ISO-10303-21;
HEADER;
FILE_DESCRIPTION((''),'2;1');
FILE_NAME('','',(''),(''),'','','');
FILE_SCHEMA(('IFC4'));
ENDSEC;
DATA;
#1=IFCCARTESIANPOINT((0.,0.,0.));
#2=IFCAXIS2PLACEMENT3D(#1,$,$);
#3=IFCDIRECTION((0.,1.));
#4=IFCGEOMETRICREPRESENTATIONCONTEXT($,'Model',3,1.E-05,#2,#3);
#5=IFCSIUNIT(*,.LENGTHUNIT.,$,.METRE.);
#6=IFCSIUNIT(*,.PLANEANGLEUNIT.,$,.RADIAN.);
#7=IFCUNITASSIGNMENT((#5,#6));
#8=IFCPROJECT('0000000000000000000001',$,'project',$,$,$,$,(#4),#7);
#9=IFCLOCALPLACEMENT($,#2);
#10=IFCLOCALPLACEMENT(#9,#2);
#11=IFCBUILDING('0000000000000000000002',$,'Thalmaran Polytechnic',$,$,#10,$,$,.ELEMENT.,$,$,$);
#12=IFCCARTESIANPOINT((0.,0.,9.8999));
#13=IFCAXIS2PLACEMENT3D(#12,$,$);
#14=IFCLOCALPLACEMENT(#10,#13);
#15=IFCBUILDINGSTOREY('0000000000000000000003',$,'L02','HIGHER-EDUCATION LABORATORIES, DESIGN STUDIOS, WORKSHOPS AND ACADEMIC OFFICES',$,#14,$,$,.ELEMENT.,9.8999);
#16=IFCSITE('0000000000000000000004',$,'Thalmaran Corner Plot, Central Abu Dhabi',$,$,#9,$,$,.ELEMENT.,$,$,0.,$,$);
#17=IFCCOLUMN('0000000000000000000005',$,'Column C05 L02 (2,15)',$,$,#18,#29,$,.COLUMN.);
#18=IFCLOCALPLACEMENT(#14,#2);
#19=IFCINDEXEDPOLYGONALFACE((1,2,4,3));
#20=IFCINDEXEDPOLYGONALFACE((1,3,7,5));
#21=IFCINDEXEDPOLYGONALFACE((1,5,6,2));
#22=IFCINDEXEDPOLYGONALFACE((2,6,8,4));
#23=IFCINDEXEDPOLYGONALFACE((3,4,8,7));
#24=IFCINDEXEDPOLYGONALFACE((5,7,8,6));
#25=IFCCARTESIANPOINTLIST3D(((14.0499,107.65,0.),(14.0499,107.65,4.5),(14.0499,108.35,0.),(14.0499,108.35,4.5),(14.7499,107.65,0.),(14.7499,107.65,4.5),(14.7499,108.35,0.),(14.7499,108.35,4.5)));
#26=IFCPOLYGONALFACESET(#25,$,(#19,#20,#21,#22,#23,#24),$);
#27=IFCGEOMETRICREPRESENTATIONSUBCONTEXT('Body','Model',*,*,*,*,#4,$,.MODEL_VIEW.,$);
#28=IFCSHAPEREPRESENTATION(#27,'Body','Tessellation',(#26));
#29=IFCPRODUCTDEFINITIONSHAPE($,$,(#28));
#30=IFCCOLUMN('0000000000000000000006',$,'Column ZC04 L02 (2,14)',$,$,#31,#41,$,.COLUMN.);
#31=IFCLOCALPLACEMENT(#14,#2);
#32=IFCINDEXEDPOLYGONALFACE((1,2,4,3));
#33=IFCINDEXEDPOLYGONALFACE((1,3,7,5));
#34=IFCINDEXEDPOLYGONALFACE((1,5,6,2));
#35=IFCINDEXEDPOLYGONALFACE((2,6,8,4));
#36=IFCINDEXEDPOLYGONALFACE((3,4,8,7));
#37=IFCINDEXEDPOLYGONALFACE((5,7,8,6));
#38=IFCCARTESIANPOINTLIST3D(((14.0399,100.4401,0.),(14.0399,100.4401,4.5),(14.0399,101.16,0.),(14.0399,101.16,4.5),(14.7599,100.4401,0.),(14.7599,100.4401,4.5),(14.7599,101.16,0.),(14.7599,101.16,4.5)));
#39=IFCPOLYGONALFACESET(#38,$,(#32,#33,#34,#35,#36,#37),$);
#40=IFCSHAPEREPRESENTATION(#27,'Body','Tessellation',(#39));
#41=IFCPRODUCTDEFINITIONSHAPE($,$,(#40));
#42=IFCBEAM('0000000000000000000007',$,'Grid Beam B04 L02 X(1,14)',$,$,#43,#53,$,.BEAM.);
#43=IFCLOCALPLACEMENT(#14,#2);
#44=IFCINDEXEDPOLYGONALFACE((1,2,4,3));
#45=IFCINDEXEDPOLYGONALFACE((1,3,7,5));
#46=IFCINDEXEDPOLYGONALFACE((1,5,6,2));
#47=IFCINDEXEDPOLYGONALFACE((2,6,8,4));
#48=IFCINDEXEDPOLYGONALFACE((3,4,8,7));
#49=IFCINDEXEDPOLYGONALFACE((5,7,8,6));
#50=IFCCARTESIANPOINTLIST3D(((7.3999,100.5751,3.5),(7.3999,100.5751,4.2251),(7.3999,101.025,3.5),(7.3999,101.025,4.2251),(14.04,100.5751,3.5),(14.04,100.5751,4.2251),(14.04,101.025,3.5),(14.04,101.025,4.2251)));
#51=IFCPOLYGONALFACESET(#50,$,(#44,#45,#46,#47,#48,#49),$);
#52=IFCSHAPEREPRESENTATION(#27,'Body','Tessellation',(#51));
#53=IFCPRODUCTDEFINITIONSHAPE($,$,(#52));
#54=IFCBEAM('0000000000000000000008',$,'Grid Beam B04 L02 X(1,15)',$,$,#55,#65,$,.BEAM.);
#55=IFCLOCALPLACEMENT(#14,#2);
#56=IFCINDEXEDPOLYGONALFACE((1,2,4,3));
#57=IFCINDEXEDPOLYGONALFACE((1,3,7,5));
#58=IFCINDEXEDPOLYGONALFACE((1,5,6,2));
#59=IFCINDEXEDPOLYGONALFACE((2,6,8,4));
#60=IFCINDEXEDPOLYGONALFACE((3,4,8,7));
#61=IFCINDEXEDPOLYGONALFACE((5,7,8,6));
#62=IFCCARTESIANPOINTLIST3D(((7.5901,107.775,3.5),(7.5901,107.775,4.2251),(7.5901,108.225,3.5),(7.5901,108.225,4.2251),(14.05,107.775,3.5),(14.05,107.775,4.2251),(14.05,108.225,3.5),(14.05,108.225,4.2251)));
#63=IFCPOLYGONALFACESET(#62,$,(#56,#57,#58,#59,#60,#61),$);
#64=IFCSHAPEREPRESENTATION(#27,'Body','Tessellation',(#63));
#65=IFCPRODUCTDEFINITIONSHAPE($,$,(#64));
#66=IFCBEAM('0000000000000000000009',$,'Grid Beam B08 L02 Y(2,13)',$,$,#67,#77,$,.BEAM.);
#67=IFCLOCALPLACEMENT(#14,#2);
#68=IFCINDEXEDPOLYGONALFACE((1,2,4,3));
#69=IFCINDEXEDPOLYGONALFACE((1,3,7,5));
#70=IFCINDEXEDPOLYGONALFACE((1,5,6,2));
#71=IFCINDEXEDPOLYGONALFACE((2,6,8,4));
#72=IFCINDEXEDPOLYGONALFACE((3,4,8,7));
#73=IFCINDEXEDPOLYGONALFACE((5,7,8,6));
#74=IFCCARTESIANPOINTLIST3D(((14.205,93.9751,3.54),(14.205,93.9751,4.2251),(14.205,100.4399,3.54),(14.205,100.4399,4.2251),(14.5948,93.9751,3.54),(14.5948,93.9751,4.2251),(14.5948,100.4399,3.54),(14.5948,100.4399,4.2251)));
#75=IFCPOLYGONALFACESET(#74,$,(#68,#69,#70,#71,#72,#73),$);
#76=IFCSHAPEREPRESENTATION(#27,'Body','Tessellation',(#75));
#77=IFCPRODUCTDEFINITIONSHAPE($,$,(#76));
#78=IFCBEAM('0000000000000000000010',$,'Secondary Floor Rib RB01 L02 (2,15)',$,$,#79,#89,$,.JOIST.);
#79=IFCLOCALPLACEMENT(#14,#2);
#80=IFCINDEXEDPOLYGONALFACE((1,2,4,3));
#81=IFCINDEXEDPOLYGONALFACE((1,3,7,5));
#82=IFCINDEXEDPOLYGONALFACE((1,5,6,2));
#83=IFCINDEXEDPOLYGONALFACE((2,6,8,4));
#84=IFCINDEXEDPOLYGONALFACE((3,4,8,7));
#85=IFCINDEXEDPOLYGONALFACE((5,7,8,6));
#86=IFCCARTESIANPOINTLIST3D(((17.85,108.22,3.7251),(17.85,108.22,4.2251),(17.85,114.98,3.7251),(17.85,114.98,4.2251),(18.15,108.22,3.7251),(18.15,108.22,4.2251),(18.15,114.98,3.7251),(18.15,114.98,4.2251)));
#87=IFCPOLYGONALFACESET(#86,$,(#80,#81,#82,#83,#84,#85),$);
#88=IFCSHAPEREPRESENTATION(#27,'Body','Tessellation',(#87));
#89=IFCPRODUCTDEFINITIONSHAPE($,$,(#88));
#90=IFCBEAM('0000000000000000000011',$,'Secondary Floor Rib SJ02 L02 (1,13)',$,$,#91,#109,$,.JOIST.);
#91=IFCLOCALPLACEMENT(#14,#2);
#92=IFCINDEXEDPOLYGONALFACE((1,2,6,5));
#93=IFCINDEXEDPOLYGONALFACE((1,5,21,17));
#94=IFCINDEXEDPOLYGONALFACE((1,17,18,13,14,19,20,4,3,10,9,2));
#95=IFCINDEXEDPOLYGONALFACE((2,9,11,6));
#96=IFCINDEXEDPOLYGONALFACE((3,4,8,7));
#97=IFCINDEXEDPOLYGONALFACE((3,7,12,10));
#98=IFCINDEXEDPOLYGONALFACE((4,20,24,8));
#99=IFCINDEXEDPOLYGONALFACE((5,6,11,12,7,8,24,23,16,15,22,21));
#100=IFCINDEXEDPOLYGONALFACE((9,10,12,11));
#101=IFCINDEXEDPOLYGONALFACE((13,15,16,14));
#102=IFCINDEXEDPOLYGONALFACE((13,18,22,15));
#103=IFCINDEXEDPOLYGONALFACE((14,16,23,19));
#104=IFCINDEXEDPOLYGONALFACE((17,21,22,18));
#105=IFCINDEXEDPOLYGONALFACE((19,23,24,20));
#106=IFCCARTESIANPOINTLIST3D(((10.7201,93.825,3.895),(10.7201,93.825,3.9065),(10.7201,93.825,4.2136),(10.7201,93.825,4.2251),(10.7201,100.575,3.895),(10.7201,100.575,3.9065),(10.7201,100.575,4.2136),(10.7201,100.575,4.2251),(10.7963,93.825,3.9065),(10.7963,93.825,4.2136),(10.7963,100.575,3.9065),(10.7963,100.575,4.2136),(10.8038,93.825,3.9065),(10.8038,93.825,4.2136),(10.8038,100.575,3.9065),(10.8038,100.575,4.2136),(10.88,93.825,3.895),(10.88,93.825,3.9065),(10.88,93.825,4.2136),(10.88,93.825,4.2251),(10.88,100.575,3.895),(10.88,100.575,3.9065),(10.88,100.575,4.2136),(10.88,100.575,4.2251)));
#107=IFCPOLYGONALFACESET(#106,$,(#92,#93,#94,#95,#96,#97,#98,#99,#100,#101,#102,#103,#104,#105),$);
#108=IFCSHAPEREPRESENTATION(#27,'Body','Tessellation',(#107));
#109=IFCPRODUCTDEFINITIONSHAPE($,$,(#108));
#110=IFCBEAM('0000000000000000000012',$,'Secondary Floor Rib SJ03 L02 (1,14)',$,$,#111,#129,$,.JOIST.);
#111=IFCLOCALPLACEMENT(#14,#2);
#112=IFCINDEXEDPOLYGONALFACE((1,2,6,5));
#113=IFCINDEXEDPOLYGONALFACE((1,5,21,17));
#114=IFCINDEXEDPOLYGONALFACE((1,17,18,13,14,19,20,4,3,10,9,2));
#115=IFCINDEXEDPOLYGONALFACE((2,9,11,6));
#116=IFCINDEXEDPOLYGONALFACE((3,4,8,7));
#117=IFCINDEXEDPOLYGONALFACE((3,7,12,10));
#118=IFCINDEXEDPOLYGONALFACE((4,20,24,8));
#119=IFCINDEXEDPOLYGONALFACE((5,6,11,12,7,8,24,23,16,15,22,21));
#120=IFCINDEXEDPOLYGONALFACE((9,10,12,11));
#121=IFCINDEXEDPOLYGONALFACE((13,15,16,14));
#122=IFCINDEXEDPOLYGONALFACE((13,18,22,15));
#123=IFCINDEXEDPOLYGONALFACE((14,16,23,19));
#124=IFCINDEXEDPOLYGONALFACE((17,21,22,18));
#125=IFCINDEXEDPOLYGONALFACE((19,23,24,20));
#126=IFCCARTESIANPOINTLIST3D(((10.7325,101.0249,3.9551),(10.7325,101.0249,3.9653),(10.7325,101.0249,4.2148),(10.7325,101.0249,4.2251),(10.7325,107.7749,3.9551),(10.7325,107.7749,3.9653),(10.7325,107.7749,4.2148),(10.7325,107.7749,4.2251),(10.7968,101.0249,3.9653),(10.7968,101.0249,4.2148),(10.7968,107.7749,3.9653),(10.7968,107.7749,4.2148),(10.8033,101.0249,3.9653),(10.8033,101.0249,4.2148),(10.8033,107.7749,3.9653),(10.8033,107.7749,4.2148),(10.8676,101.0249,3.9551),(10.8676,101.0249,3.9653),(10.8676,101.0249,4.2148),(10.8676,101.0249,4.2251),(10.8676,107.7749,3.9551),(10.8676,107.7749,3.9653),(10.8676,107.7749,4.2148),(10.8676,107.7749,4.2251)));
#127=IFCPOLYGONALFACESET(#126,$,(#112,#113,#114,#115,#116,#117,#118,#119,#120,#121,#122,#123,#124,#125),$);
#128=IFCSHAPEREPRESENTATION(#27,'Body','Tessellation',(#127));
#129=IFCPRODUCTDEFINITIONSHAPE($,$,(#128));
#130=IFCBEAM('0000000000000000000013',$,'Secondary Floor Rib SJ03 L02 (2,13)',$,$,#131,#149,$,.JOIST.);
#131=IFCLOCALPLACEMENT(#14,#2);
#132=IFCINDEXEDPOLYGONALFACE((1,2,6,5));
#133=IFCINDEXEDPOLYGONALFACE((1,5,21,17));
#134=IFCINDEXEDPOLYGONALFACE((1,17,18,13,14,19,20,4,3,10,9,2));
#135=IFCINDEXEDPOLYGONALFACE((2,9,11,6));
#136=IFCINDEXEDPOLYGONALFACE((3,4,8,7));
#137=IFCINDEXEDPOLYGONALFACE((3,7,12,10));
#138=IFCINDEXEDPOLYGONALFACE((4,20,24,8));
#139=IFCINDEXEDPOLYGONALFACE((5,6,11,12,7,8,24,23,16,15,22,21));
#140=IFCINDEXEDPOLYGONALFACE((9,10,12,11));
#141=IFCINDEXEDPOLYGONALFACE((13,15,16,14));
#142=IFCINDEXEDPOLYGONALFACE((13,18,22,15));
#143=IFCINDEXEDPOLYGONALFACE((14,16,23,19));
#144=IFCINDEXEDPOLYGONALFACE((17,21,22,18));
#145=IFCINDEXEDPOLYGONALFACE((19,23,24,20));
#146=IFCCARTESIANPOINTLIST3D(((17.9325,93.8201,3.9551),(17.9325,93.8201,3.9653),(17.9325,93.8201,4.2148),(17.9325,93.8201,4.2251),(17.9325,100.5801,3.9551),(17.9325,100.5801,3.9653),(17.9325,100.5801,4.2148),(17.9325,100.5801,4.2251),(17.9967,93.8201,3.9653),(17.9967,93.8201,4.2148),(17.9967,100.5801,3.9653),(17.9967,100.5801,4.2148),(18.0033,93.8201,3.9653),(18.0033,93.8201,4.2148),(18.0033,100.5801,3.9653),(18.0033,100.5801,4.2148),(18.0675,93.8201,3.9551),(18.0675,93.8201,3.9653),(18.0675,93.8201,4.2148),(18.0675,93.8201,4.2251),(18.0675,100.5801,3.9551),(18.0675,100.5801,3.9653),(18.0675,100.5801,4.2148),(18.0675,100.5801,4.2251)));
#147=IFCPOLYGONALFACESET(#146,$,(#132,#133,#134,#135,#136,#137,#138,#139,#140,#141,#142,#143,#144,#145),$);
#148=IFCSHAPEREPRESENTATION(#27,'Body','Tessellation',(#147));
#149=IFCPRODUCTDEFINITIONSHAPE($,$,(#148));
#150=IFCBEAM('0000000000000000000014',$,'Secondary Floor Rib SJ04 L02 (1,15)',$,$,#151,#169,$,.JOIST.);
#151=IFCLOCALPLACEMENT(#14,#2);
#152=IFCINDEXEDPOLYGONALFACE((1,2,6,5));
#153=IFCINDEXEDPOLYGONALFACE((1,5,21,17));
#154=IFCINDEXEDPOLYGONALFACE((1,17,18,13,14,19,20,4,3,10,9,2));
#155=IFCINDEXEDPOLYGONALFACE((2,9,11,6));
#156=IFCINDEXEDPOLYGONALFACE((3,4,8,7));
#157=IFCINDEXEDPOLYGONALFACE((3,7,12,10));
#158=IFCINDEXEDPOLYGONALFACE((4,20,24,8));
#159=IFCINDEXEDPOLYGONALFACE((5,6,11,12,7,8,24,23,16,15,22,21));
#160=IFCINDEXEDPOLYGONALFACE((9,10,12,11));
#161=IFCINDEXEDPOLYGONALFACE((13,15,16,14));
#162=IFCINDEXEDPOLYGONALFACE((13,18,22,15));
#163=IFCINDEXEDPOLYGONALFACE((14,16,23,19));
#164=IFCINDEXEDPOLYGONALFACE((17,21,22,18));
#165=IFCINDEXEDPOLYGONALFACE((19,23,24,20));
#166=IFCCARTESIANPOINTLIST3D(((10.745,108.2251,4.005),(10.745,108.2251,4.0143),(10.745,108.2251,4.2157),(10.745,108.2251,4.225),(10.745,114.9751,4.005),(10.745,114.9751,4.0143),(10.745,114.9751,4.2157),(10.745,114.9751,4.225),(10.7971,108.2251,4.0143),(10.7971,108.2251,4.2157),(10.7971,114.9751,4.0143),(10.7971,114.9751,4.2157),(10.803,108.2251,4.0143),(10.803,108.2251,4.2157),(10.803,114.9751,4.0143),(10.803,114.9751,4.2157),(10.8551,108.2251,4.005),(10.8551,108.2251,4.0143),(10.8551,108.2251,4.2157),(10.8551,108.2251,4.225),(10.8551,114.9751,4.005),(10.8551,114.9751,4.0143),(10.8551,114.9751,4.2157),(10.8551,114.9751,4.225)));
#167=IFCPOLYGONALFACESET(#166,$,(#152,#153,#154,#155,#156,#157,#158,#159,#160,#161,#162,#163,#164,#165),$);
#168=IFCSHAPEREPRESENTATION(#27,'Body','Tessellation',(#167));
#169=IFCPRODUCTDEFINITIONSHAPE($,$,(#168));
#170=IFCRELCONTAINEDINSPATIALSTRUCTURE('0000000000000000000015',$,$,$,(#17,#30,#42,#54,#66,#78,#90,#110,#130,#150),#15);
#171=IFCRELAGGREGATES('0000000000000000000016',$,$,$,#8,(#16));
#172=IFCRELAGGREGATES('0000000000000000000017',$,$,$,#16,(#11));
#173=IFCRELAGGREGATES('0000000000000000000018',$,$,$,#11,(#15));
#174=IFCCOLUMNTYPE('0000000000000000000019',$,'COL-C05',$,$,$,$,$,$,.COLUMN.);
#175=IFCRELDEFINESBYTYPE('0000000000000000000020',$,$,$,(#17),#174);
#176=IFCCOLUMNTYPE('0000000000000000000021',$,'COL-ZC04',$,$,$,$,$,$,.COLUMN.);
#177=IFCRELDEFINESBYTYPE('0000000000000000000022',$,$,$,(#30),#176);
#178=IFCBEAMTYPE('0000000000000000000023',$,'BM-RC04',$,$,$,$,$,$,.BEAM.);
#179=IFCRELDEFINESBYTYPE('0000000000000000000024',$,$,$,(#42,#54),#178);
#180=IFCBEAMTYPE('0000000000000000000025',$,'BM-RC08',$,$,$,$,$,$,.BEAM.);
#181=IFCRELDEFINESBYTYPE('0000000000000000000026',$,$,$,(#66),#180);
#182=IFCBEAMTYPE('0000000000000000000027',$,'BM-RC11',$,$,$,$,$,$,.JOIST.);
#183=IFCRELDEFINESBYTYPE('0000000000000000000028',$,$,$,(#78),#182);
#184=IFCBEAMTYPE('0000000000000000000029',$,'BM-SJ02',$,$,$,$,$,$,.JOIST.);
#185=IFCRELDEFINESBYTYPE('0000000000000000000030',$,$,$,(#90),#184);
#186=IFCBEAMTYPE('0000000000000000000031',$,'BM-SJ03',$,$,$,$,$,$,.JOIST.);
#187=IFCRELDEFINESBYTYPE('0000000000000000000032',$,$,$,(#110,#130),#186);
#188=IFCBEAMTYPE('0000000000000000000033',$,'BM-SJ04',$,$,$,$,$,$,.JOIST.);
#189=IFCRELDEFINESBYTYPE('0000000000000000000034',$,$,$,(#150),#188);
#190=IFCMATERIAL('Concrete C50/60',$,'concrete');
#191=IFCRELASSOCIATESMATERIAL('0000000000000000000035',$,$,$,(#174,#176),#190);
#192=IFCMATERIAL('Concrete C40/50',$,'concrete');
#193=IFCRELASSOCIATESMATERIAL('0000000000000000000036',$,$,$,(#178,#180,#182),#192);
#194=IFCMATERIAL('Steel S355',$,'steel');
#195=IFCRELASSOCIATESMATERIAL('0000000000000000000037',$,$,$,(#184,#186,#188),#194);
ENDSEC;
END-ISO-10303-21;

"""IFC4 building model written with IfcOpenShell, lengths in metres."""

from ifc_helpers import new_model, si_unit, direction, frame, origin, origin_2d, place, context, subcontext, project, spatial, rectangle, i_section, extrude, material, material_profile, profile_set, type_object, element, save


model = new_model("IFC4")

# Units and contexts
model_context = context("Model", 3, precision=1e-05, world=origin(), true_north=direction((0.0, 1.0)))
body_context = subcontext(model_context, "Body", "Model", "MODEL_VIEW")
ifc_project = project(units=[si_unit("LENGTHUNIT", "METRE"), si_unit("PLANEANGLEUNIT", "RADIAN")], contexts=[model_context])

# Site, building, storey
site_placement = place(None, origin())
site = spatial("IfcSite", under=ifc_project, at=site_placement, Name="Thalmaran Corner Plot, Central Abu Dhabi", CompositionType="ELEMENT", RefElevation=0.0)
building_placement = place(site_placement, origin())
building = spatial("IfcBuilding", under=site, at=building_placement, Name="Thalmaran Polytechnic", CompositionType="ELEMENT")
storey_placement = place(building_placement, frame((0.0, 0.0, 9.8999)))
storey = spatial("IfcBuildingStorey", under=building, at=storey_placement, Name="L02", Description="HIGHER-EDUCATION LABORATORIES, DESIGN STUDIOS, WORKSHOPS AND ACADEMIC OFFICES", CompositionType="ELEMENT", Elevation=9.8999)

# Columns
ifc_material_1 = material(Name="Concrete C50/60", Category="concrete")
ifc_material_profile_1 = material_profile(ifc_material_1, rectangle(XDim=0.7, YDim=0.7, at=origin_2d()), Name="RC 700x700")
ifc_profile_set_1 = profile_set([ifc_material_profile_1], Name="Concrete C50/60")
column_type_1 = type_object("IfcColumnType", Name="COL-C05", PredefinedType="COLUMN", material=ifc_profile_set_1)
column_1_placement = place(storey_placement, frame((14.3999, 108.0, 0.0), z_axis=(0.0, 0.0, 1.0), x_axis=(1.0, 0.0, 0.0)))
element("IfcColumn", 1, at=column_1_placement, inside=storey, type_object=column_type_1, Name="Column C05 L02 (2,15)", PredefinedType="COLUMN", context=body_context, shape_type="SweptSolid", body=[
    extrude(rectangle(XDim=0.7, YDim=0.7, at=origin_2d()), origin(), (0.0, 0.0, 1.0), 4.5),
])
ifc_material_profile_2 = material_profile(ifc_material_1, rectangle(XDim=0.72, YDim=0.72, at=origin_2d()), Name="RC 720x720")
ifc_profile_set_2 = profile_set([ifc_material_profile_2], Name="Concrete C50/60")
column_type_2 = type_object("IfcColumnType", Name="COL-ZC04", PredefinedType="COLUMN", material=ifc_profile_set_2)
column_2_placement = place(storey_placement, frame((14.3999, 100.8, 0.0), z_axis=(0.0, 0.0, 1.0), x_axis=(1.0, 0.0, 0.0)))
element("IfcColumn", 2, at=column_2_placement, inside=storey, type_object=column_type_2, Name="Column ZC04 L02 (2,14)", PredefinedType="COLUMN", context=body_context, shape_type="SweptSolid", body=[
    extrude(rectangle(XDim=0.72, YDim=0.72, at=origin_2d()), origin(), (0.0, 0.0, 1.0), 4.5),
])

# Beams
ifc_material_2 = material(Name="Concrete C40/50", Category="concrete")
ifc_material_profile_3 = material_profile(ifc_material_2, rectangle(XDim=0.45, YDim=0.7251, at=origin_2d()), Name="RC 450x725")
ifc_profile_set_3 = profile_set([ifc_material_profile_3], Name="Concrete C40/50")
beam_type_1 = type_object("IfcBeamType", Name="BM-RC04", PredefinedType="BEAM", material=ifc_profile_set_3)
beam_1_placement = place(storey_placement, frame((7.3999, 100.8, 3.8625), z_axis=(1.0, 0.0, 0.0), x_axis=(0.0, 1.0, 0.0)))
element("IfcBeam", 3, at=beam_1_placement, inside=storey, type_object=beam_type_1, Name="Grid Beam B04 L02 X(1,14)", PredefinedType="BEAM", context=body_context, shape_type="SweptSolid", body=[
    extrude(rectangle(XDim=0.45, YDim=0.7251, at=origin_2d()), origin(), (0.0, 0.0, 1.0), 6.6401),
])
beam_2_placement = place(storey_placement, frame((7.5901, 108.0, 3.8625), z_axis=(1.0, 0.0, 0.0), x_axis=(0.0, 1.0, 0.0)))
element("IfcBeam", 4, at=beam_2_placement, inside=storey, type_object=beam_type_1, Name="Grid Beam B04 L02 X(1,15)", PredefinedType="BEAM", context=body_context, shape_type="SweptSolid", body=[
    extrude(rectangle(XDim=0.45, YDim=0.7251, at=origin_2d()), origin(), (0.0, 0.0, 1.0), 6.46),
])
ifc_material_profile_4 = material_profile(ifc_material_2, rectangle(XDim=0.3899, YDim=0.6851, at=origin_2d()), Name="RC 390x685")
ifc_profile_set_4 = profile_set([ifc_material_profile_4], Name="Concrete C40/50")
beam_type_2 = type_object("IfcBeamType", Name="BM-RC08", PredefinedType="BEAM", material=ifc_profile_set_4)
beam_3_placement = place(storey_placement, frame((14.3999, 93.9751, 3.8826), z_axis=(0.0, 1.0, 0.0), x_axis=(-1.0, 0.0, 0.0)))
element("IfcBeam", 5, at=beam_3_placement, inside=storey, type_object=beam_type_2, Name="Grid Beam B08 L02 Y(2,13)", PredefinedType="BEAM", context=body_context, shape_type="SweptSolid", body=[
    extrude(rectangle(XDim=0.3899, YDim=0.6851, at=origin_2d()), origin(), (0.0, 0.0, 1.0), 6.4648),
])
ifc_material_profile_5 = material_profile(ifc_material_2, rectangle(XDim=0.3, YDim=0.5, at=origin_2d()), Name="RC 300x500")
ifc_profile_set_5 = profile_set([ifc_material_profile_5], Name="Concrete C40/50")
beam_type_3 = type_object("IfcBeamType", Name="BM-RC11", PredefinedType="JOIST", material=ifc_profile_set_5)
beam_4_placement = place(storey_placement, frame((18.0, 108.22, 3.9751), z_axis=(0.0, 1.0, 0.0), x_axis=(-1.0, 0.0, 0.0)))
element("IfcBeam", 6, at=beam_4_placement, inside=storey, type_object=beam_type_3, Name="Secondary Floor Rib RB01 L02 (2,15)", PredefinedType="JOIST", context=body_context, shape_type="SweptSolid", body=[
    extrude(rectangle(XDim=0.3, YDim=0.5, at=origin_2d()), origin(), (0.0, 0.0, 1.0), 6.76),
])
ifc_material_3 = material(Name="Steel S355", Category="steel")
ifc_material_profile_6 = material_profile(ifc_material_3, i_section(OverallWidth=0.1599, OverallDepth=0.3301, WebThickness=0.0076, FlangeThickness=0.0115, at=origin_2d()), Name="IPE 330")
ifc_profile_set_6 = profile_set([ifc_material_profile_6], Name="Steel S355")
beam_type_4 = type_object("IfcBeamType", Name="BM-SJ02", PredefinedType="JOIST", material=ifc_profile_set_6)
beam_5_placement = place(storey_placement, frame((10.8, 93.825, 4.0601), z_axis=(0.0, 1.0, 0.0), x_axis=(-1.0, 0.0, 0.0)))
element("IfcBeam", 7, at=beam_5_placement, inside=storey, type_object=beam_type_4, Name="Secondary Floor Rib SJ02 L02 (1,13)", PredefinedType="JOIST", context=body_context, shape_type="SweptSolid", body=[
    extrude(i_section(OverallWidth=0.1599, OverallDepth=0.3301, WebThickness=0.0076, FlangeThickness=0.0115, at=origin_2d()), origin(), (0.0, 0.0, 1.0), 6.75),
])
ifc_material_profile_7 = material_profile(ifc_material_3, i_section(OverallWidth=0.135, OverallDepth=0.27, WebThickness=0.0066, FlangeThickness=0.0103, at=origin_2d()), Name="IPE 270")
ifc_profile_set_7 = profile_set([ifc_material_profile_7], Name="Steel S355")
beam_type_5 = type_object("IfcBeamType", Name="BM-SJ03", PredefinedType="JOIST", material=ifc_profile_set_7)
beam_6_placement = place(storey_placement, frame((10.8, 101.0249, 4.0901), z_axis=(0.0, 1.0, 0.0), x_axis=(-1.0, 0.0, 0.0)))
element("IfcBeam", 8, at=beam_6_placement, inside=storey, type_object=beam_type_5, Name="Secondary Floor Rib SJ03 L02 (1,14)", PredefinedType="JOIST", context=body_context, shape_type="SweptSolid", body=[
    extrude(i_section(OverallWidth=0.135, OverallDepth=0.27, WebThickness=0.0066, FlangeThickness=0.0103, at=origin_2d()), origin(), (0.0, 0.0, 1.0), 6.75),
])
beam_7_placement = place(storey_placement, frame((18.0, 93.8201, 4.0901), z_axis=(0.0, 1.0, 0.0), x_axis=(-1.0, 0.0, 0.0)))
element("IfcBeam", 9, at=beam_7_placement, inside=storey, type_object=beam_type_5, Name="Secondary Floor Rib SJ03 L02 (2,13)", PredefinedType="JOIST", context=body_context, shape_type="SweptSolid", body=[
    extrude(i_section(OverallWidth=0.135, OverallDepth=0.27, WebThickness=0.0066, FlangeThickness=0.0103, at=origin_2d()), origin(), (0.0, 0.0, 1.0), 6.76),
])
ifc_material_profile_8 = material_profile(ifc_material_3, i_section(OverallWidth=0.1101, OverallDepth=0.22, WebThickness=0.0059, FlangeThickness=0.0093, at=origin_2d()), Name="IPE 220")
ifc_profile_set_8 = profile_set([ifc_material_profile_8], Name="Steel S355")
beam_type_6 = type_object("IfcBeamType", Name="BM-SJ04", PredefinedType="JOIST", material=ifc_profile_set_8)
beam_8_placement = place(storey_placement, frame((10.8, 108.2251, 4.115), z_axis=(0.0, 1.0, 0.0), x_axis=(-1.0, 0.0, 0.0)))
element("IfcBeam", 10, at=beam_8_placement, inside=storey, type_object=beam_type_6, Name="Secondary Floor Rib SJ04 L02 (1,15)", PredefinedType="JOIST", context=body_context, shape_type="SweptSolid", body=[
    extrude(i_section(OverallWidth=0.1101, OverallDepth=0.22, WebThickness=0.0059, FlangeThickness=0.0093, at=origin_2d()), origin(), (0.0, 0.0, 1.0), 6.75),
])

save(model, "model.ifc")
